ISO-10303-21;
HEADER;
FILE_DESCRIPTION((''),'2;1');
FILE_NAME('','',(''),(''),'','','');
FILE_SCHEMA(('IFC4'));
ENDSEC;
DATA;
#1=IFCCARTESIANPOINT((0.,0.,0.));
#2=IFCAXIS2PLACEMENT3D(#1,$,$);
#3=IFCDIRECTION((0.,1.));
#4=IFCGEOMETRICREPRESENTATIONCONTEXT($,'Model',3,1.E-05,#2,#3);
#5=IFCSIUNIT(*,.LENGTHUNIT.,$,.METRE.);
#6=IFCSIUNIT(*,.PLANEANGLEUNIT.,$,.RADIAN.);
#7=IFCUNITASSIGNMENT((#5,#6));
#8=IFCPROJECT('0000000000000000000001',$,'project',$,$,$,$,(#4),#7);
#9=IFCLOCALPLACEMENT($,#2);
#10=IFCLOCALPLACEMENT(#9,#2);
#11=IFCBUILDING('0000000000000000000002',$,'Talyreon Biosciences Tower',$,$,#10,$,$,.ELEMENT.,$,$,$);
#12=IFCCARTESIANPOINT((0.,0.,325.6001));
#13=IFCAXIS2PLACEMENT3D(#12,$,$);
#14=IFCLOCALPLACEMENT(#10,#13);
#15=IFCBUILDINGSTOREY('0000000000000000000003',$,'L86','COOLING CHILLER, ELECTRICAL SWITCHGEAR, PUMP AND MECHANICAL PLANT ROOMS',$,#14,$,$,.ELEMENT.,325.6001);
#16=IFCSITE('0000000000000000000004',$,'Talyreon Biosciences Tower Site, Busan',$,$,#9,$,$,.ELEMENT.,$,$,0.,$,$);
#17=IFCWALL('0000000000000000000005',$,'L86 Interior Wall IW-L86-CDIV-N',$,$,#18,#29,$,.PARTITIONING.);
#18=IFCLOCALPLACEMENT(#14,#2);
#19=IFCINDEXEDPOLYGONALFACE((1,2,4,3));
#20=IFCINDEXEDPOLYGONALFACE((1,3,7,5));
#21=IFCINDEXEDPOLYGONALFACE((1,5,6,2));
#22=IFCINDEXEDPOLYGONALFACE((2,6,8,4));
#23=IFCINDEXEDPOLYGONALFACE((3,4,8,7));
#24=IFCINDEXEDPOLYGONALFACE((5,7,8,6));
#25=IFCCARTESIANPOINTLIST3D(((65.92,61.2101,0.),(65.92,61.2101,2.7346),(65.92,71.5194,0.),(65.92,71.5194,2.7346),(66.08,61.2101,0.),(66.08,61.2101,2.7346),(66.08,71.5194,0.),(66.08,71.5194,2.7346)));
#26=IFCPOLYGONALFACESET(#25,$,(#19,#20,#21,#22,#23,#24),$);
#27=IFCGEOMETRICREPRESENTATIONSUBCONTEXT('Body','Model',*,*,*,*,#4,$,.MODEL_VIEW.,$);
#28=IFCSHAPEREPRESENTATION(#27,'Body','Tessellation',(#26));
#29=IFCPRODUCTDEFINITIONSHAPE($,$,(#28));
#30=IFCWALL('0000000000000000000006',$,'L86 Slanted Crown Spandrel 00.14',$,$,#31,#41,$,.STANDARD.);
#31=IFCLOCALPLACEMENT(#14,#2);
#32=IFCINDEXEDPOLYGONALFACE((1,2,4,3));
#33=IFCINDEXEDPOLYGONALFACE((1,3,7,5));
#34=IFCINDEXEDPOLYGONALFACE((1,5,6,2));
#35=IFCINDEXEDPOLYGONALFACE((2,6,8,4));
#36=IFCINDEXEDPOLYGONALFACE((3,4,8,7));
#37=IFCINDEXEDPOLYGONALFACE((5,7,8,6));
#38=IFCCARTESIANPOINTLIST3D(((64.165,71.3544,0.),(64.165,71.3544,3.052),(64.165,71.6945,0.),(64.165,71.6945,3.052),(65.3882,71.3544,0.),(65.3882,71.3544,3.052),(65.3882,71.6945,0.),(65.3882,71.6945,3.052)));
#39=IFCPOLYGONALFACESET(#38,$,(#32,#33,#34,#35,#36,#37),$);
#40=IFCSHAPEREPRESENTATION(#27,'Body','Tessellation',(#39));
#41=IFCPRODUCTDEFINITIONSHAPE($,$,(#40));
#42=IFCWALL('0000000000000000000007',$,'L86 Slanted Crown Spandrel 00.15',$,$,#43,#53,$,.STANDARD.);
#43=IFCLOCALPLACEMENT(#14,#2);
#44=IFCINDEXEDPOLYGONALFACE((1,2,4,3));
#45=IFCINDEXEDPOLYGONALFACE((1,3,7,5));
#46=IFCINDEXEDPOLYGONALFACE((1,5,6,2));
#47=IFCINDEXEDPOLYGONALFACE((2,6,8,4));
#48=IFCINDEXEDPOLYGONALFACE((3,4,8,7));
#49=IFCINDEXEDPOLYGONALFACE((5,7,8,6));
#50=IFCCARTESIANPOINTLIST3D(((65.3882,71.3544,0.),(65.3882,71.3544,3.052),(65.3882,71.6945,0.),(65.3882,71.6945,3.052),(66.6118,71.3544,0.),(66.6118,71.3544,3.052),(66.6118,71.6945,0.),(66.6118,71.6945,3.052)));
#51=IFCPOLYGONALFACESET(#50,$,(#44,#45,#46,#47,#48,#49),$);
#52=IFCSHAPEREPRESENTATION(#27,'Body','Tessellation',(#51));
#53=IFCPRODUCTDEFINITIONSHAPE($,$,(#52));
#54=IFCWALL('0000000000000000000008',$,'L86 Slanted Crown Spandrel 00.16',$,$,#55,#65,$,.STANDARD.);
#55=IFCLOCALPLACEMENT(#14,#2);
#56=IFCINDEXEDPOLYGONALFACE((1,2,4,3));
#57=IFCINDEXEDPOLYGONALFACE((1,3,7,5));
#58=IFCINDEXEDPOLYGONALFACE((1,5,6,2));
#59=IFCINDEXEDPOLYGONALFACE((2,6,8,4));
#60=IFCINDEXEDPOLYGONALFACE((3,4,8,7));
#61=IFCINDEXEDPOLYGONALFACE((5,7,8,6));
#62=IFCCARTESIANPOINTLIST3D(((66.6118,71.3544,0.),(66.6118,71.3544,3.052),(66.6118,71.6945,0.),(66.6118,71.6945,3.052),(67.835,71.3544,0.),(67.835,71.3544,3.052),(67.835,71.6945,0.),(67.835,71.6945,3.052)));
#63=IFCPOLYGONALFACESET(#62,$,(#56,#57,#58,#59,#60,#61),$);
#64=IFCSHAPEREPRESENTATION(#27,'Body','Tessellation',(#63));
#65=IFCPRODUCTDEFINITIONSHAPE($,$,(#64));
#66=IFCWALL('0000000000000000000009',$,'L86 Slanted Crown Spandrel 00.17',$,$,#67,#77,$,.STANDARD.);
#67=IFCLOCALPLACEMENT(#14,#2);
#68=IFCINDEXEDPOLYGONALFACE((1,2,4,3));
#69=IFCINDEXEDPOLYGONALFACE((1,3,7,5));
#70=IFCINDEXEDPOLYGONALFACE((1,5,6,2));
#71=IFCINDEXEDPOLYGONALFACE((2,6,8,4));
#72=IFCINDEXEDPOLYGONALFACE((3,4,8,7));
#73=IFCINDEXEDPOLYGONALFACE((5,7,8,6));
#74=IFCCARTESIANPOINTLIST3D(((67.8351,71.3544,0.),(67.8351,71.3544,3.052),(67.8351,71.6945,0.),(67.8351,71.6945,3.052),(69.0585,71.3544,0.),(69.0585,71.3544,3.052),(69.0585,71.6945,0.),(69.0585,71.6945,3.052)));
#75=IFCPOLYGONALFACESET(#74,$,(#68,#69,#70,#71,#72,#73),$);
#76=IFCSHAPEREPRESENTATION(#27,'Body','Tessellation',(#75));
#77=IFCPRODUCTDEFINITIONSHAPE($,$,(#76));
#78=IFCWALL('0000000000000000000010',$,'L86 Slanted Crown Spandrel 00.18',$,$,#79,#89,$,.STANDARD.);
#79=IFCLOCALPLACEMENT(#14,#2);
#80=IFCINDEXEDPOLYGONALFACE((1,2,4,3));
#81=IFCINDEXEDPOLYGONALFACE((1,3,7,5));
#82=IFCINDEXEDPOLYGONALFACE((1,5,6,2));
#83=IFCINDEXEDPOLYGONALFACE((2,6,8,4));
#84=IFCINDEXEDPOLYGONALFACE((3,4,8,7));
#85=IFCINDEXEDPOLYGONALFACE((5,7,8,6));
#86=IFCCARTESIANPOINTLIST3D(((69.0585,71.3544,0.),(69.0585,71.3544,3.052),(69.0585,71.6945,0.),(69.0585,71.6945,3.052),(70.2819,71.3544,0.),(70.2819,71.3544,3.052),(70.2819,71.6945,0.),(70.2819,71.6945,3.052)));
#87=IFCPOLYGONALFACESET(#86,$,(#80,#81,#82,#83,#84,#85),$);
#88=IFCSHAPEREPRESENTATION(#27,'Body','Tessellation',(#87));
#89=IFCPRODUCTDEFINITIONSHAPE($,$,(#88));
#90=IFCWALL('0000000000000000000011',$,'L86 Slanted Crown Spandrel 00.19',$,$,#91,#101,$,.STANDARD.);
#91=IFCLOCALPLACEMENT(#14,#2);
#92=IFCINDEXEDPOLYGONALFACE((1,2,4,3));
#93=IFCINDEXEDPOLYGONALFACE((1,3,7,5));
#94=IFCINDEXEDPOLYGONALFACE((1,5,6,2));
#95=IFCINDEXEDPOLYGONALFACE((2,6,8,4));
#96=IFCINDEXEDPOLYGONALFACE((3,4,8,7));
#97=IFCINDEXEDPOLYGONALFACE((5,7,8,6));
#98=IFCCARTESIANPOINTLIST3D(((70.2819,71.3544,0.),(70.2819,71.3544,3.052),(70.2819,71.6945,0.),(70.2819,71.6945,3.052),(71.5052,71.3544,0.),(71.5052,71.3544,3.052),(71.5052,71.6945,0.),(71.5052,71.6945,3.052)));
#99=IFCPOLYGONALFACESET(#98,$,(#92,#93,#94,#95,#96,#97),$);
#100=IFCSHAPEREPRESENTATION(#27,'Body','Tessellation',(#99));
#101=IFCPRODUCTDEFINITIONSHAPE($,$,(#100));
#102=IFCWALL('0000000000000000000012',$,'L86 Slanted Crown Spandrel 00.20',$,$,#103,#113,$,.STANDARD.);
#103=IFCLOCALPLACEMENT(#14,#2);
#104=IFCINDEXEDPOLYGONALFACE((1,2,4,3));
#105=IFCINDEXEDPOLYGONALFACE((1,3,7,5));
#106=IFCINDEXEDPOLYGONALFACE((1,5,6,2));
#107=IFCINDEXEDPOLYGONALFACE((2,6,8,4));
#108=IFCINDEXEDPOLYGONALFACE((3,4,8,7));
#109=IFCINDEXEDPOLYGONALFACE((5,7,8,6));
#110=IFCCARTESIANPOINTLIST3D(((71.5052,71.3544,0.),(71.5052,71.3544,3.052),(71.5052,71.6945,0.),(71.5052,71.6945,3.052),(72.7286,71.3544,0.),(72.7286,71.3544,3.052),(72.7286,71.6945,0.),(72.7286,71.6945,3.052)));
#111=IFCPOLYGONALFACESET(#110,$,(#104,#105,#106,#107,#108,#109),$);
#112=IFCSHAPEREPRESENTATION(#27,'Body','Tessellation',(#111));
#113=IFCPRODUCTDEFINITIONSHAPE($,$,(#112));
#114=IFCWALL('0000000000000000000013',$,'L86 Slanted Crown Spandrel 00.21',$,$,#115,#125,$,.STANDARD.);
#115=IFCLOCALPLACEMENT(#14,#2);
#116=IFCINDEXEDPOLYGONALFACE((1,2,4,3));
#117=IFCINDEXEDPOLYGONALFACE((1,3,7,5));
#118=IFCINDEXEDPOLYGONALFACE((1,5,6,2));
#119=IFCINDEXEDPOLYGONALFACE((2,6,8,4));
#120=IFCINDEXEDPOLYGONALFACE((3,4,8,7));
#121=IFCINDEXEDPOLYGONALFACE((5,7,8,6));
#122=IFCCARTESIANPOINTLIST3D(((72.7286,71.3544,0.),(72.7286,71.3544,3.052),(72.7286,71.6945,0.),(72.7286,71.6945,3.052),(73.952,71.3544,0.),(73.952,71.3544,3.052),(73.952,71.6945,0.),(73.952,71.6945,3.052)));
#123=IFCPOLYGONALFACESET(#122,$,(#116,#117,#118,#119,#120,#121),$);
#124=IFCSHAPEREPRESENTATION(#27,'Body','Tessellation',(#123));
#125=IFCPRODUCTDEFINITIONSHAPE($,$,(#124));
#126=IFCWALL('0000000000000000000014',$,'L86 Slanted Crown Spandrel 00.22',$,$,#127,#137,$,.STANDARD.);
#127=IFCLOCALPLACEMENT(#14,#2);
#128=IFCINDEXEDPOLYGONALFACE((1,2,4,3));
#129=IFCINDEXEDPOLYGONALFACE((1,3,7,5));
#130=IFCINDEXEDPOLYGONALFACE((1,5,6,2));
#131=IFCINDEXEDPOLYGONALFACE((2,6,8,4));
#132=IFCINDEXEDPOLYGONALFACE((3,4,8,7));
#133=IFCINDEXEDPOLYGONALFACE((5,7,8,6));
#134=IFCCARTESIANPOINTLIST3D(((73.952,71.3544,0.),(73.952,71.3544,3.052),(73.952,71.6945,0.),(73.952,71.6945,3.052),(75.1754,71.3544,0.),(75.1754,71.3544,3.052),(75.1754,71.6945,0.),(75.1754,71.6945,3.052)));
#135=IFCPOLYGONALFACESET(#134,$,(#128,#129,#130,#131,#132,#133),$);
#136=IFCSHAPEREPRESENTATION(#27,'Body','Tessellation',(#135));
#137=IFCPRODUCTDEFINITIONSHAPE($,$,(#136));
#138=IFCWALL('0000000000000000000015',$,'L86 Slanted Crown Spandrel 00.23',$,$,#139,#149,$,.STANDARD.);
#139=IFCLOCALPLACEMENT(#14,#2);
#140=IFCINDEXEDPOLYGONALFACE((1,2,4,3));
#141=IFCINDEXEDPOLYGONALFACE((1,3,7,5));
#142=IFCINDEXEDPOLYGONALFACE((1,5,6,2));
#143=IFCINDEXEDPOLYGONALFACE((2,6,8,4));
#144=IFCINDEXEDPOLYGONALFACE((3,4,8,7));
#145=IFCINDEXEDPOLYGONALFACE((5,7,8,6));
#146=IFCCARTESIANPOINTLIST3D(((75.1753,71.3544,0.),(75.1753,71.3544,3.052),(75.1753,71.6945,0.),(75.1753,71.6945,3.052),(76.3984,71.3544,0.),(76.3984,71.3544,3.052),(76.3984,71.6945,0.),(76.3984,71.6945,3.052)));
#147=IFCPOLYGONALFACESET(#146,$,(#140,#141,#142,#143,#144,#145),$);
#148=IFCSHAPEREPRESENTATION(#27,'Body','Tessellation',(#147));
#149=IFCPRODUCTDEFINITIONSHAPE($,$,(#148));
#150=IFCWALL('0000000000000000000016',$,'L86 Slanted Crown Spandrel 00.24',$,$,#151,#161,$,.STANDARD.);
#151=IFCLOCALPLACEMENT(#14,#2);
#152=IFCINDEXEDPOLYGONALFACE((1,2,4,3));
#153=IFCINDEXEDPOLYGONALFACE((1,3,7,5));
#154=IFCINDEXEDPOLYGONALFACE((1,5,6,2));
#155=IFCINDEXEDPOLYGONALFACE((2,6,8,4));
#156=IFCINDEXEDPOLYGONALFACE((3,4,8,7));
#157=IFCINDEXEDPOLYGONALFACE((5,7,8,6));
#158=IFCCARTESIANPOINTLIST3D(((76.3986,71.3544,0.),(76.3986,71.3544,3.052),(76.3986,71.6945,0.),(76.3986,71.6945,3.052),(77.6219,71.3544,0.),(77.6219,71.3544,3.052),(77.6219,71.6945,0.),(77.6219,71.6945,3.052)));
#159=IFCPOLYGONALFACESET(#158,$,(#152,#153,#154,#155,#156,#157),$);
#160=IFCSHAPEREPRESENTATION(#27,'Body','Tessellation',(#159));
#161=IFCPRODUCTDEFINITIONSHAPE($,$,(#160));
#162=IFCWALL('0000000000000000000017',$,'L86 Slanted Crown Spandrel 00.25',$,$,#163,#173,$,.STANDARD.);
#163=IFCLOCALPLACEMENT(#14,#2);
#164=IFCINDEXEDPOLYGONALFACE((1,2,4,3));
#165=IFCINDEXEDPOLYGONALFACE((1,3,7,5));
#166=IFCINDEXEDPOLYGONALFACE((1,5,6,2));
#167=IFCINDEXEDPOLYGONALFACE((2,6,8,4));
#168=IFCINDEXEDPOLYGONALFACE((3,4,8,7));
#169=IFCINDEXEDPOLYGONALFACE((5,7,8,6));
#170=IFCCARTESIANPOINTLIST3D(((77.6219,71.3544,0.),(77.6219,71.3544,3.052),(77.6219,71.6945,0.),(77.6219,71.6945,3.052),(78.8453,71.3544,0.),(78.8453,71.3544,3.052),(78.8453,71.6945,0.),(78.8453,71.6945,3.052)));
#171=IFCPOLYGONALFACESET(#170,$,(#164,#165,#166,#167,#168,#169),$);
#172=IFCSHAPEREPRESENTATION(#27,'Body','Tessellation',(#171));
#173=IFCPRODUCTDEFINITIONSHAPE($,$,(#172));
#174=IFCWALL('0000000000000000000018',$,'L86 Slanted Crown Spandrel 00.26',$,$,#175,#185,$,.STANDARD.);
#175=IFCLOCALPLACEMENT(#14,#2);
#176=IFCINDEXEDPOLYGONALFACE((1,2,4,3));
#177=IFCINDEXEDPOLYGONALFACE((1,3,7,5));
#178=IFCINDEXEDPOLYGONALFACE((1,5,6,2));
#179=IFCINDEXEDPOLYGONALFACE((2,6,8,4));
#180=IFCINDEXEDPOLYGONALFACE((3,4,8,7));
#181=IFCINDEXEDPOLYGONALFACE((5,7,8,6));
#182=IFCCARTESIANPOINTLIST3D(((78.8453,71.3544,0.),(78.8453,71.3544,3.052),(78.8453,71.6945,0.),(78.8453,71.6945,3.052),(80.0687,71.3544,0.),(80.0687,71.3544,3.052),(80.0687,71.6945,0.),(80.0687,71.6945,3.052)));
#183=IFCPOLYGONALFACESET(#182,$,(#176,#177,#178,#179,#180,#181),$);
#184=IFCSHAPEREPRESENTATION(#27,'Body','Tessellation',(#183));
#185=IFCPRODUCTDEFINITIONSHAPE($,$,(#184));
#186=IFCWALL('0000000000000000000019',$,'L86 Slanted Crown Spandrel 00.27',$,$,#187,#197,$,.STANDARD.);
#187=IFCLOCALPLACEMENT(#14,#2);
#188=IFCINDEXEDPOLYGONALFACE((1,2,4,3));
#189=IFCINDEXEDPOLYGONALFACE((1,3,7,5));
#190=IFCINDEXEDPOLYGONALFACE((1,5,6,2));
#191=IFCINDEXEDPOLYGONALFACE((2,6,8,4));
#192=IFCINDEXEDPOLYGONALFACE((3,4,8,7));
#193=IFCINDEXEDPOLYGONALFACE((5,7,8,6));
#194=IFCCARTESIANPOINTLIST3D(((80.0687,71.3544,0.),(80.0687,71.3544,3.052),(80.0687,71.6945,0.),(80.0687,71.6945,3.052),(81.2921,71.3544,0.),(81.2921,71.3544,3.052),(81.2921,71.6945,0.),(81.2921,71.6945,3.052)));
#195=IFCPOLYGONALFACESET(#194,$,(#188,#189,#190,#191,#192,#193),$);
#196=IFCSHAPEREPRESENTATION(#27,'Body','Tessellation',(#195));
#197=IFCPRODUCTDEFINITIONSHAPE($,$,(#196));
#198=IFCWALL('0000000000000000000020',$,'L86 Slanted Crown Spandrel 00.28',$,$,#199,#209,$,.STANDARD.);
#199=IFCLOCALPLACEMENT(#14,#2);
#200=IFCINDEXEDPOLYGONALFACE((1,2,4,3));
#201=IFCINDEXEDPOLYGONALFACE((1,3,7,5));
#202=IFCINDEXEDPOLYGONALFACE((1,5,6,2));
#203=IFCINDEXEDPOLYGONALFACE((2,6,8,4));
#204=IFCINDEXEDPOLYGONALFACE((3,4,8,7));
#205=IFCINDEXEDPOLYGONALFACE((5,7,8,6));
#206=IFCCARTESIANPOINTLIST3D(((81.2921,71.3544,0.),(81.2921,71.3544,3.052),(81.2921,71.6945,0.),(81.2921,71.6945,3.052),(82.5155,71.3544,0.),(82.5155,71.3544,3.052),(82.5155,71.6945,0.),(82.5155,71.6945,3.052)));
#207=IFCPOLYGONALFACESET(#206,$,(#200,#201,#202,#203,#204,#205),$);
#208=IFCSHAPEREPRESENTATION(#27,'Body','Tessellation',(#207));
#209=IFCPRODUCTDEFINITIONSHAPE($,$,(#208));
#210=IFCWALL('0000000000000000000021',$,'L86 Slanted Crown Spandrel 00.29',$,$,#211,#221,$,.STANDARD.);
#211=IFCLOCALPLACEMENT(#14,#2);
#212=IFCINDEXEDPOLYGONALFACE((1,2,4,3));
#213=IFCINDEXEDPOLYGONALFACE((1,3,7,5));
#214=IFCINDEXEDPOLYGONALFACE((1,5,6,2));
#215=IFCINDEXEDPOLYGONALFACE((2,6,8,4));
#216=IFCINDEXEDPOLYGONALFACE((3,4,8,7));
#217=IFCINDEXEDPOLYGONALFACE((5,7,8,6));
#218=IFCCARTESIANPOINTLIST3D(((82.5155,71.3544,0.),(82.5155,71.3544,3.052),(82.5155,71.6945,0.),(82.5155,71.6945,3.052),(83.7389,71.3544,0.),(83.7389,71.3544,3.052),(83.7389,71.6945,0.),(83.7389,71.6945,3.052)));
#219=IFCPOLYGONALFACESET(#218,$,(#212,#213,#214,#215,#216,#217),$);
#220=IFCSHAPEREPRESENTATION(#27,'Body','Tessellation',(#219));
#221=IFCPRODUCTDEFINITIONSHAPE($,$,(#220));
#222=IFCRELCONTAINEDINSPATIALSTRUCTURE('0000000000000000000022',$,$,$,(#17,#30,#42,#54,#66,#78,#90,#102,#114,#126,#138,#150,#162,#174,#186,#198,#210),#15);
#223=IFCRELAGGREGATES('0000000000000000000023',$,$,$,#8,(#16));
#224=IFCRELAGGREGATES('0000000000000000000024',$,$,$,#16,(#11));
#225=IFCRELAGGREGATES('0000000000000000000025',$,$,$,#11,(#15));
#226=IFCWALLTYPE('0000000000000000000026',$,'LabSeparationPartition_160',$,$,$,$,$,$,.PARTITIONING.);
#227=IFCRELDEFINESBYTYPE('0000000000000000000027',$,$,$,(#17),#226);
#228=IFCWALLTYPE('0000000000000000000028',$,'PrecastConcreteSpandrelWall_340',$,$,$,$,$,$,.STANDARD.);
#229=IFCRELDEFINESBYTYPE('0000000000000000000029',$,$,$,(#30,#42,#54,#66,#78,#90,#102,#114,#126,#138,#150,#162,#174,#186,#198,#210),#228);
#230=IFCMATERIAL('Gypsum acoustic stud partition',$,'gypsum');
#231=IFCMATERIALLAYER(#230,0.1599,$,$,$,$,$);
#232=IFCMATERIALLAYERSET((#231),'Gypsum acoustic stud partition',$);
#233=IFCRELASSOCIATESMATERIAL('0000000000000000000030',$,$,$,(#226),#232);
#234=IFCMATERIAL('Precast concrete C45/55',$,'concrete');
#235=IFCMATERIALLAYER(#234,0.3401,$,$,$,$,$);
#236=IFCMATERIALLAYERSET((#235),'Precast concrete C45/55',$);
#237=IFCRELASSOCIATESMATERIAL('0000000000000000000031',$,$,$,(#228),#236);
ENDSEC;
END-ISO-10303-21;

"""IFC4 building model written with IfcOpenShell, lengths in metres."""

from ifc_helpers import new_model, si_unit, direction, frame, frame_2d, origin, place, context, subcontext, project, spatial, rectangle, extrude, material, layer, layer_set, type_object, element, save


model = new_model("IFC4")

# Units and contexts
model_context = context("Model", 3, precision=1e-05, world=origin(), true_north=direction((0.0, 1.0)))
body_context = subcontext(model_context, "Body", "Model", "MODEL_VIEW")
ifc_project = project(units=[si_unit("LENGTHUNIT", "METRE"), si_unit("PLANEANGLEUNIT", "RADIAN")], contexts=[model_context])

# Site, building, storey
site_placement = place(None, origin())
site = spatial("IfcSite", under=ifc_project, at=site_placement, Name="Talyreon Biosciences Tower Site, Busan", CompositionType="ELEMENT", RefElevation=0.0)
building_placement = place(site_placement, origin())
building = spatial("IfcBuilding", under=site, at=building_placement, Name="Talyreon Biosciences Tower", CompositionType="ELEMENT")
storey_placement = place(building_placement, frame((0.0, 0.0, 325.6001)))
storey = spatial("IfcBuildingStorey", under=building, at=storey_placement, Name="L86", Description="COOLING CHILLER, ELECTRICAL SWITCHGEAR, PUMP AND MECHANICAL PLANT ROOMS", CompositionType="ELEMENT", Elevation=325.6001)

# Walls
ifc_material_1 = material(Name="Gypsum acoustic stud partition", Category="gypsum")
ifc_layer_1 = layer(ifc_material_1, 0.1599)
ifc_layer_set_1 = layer_set([ifc_layer_1], Name="Gypsum acoustic stud partition")
wall_type_1 = type_object("IfcWallType", Name="LabSeparationPartition_160", PredefinedType="PARTITIONING", material=ifc_layer_set_1)
wall_1_placement = place(storey_placement, frame((66.0, 61.21, 0.0), z_axis=(0.0, 0.0, 1.0), x_axis=(0.0, 1.0, 0.0)))
element("IfcWall", 1, at=wall_1_placement, inside=storey, type_object=wall_type_1, Name="L86 Interior Wall IW-L86-CDIV-N", PredefinedType="PARTITIONING", context=body_context, shape_type="SweptSolid", body=[
    extrude(rectangle(XDim=10.3093, YDim=0.1599, at=frame_2d((5.1548, 0.0))), origin(), (0.0, 0.0, 1.0), 2.7346),
])
ifc_material_2 = material(Name="Precast concrete C45/55", Category="concrete")
ifc_layer_2 = layer(ifc_material_2, 0.3401)
ifc_layer_set_2 = layer_set([ifc_layer_2], Name="Precast concrete C45/55")
wall_type_2 = type_object("IfcWallType", Name="PrecastConcreteSpandrelWall_340", PredefinedType="STANDARD", material=ifc_layer_set_2)
wall_2_placement = place(storey_placement, frame((64.165, 71.5244, 0.0), z_axis=(0.0, 0.0, 1.0), x_axis=(1.0, 0.0, 0.0)))
element("IfcWall", 2, at=wall_2_placement, inside=storey, type_object=wall_type_2, Name="L86 Slanted Crown Spandrel 00.14", PredefinedType="STANDARD", context=body_context, shape_type="SweptSolid", body=[
    extrude(rectangle(XDim=1.2231, YDim=0.3401, at=frame_2d((0.6116, 0.0))), origin(), (0.0, 0.0, 1.0), 3.052),
])
wall_3_placement = place(storey_placement, frame((65.3882, 71.5244, 0.0), z_axis=(0.0, 0.0, 1.0), x_axis=(1.0, 0.0, 0.0)))
element("IfcWall", 3, at=wall_3_placement, inside=storey, type_object=wall_type_2, Name="L86 Slanted Crown Spandrel 00.15", PredefinedType="STANDARD", context=body_context, shape_type="SweptSolid", body=[
    extrude(rectangle(XDim=1.2236, YDim=0.3401, at=frame_2d((0.6118, 0.0))), origin(), (0.0, 0.0, 1.0), 3.052),
])
wall_4_placement = place(storey_placement, frame((66.6118, 71.5244, 0.0), z_axis=(0.0, 0.0, 1.0), x_axis=(1.0, 0.0, 0.0)))
element("IfcWall", 4, at=wall_4_placement, inside=storey, type_object=wall_type_2, Name="L86 Slanted Crown Spandrel 00.16", PredefinedType="STANDARD", context=body_context, shape_type="SweptSolid", body=[
    extrude(rectangle(XDim=1.2231, YDim=0.3401, at=frame_2d((0.6116, 0.0))), origin(), (0.0, 0.0, 1.0), 3.052),
])
for number, where, z_axis, x_axis, name in (
    (5, (67.835, 71.5244, 0.0), (0.0, 0.0, 1.0), (1.0, 0.0, 0.0), "L86 Slanted Crown Spandrel 00.17"),
    (6, (69.0583, 71.5244, 0.0), (0.0, 0.0, 1.0), (1.0, 0.0, 0.0), "L86 Slanted Crown Spandrel 00.18"),
    (7, (70.2817, 71.5244, 0.0), (0.0, 0.0, 1.0), (1.0, 0.0, 0.0), "L86 Slanted Crown Spandrel 00.19"),
    (8, (71.5051, 71.5244, 0.0), (0.0, 0.0, 1.0), (1.0, 0.0, 0.0), "L86 Slanted Crown Spandrel 00.20"),
    (9, (72.7285, 71.5244, 0.0), (0.0, 0.0, 1.0), (1.0, 0.0, 0.0), "L86 Slanted Crown Spandrel 00.21"),
    (10, (73.9519, 71.5244, 0.0), (0.0, 0.0, 1.0), (1.0, 0.0, 0.0), "L86 Slanted Crown Spandrel 00.22"),
):
    element("IfcWall", number, at=place(storey_placement, frame(where, z_axis=z_axis, x_axis=x_axis)), inside=storey, type_object=wall_type_2, Name=name, PredefinedType="STANDARD", context=body_context, shape_type="SweptSolid", body=[
        extrude(rectangle(XDim=1.2234, YDim=0.3401, at=frame_2d((0.6118, 0.0))), origin(), (0.0, 0.0, 1.0), 3.052),
    ])
wall_5_placement = place(storey_placement, frame((75.1753, 71.5244, 0.0), z_axis=(0.0, 0.0, 1.0), x_axis=(1.0, 0.0, 0.0)))
element("IfcWall", 11, at=wall_5_placement, inside=storey, type_object=wall_type_2, Name="L86 Slanted Crown Spandrel 00.23", PredefinedType="STANDARD", context=body_context, shape_type="SweptSolid", body=[
    extrude(rectangle(XDim=1.2231, YDim=0.3401, at=frame_2d((0.6116, 0.0))), origin(), (0.0, 0.0, 1.0), 3.052),
])
for number, where, z_axis, x_axis, name in (
    (12, (76.3984, 71.5244, 0.0), (0.0, 0.0, 1.0), (1.0, 0.0, 0.0), "L86 Slanted Crown Spandrel 00.24"),
    (13, (77.6218, 71.5244, 0.0), (0.0, 0.0, 1.0), (1.0, 0.0, 0.0), "L86 Slanted Crown Spandrel 00.25"),
    (14, (78.8452, 71.5244, 0.0), (0.0, 0.0, 1.0), (1.0, 0.0, 0.0), "L86 Slanted Crown Spandrel 00.26"),
    (15, (80.0686, 71.5244, 0.0), (0.0, 0.0, 1.0), (1.0, 0.0, 0.0), "L86 Slanted Crown Spandrel 00.27"),
    (16, (81.292, 71.5244, 0.0), (0.0, 0.0, 1.0), (1.0, 0.0, 0.0), "L86 Slanted Crown Spandrel 00.28"),
    (17, (82.5154, 71.5244, 0.0), (0.0, 0.0, 1.0), (1.0, 0.0, 0.0), "L86 Slanted Crown Spandrel 00.29"),
):
    element("IfcWall", number, at=place(storey_placement, frame(where, z_axis=z_axis, x_axis=x_axis)), inside=storey, type_object=wall_type_2, Name=name, PredefinedType="STANDARD", context=body_context, shape_type="SweptSolid", body=[
        extrude(rectangle(XDim=1.2234, YDim=0.3401, at=frame_2d((0.6118, 0.0))), origin(), (0.0, 0.0, 1.0), 3.052),
    ])

save(model, "model.ifc")
